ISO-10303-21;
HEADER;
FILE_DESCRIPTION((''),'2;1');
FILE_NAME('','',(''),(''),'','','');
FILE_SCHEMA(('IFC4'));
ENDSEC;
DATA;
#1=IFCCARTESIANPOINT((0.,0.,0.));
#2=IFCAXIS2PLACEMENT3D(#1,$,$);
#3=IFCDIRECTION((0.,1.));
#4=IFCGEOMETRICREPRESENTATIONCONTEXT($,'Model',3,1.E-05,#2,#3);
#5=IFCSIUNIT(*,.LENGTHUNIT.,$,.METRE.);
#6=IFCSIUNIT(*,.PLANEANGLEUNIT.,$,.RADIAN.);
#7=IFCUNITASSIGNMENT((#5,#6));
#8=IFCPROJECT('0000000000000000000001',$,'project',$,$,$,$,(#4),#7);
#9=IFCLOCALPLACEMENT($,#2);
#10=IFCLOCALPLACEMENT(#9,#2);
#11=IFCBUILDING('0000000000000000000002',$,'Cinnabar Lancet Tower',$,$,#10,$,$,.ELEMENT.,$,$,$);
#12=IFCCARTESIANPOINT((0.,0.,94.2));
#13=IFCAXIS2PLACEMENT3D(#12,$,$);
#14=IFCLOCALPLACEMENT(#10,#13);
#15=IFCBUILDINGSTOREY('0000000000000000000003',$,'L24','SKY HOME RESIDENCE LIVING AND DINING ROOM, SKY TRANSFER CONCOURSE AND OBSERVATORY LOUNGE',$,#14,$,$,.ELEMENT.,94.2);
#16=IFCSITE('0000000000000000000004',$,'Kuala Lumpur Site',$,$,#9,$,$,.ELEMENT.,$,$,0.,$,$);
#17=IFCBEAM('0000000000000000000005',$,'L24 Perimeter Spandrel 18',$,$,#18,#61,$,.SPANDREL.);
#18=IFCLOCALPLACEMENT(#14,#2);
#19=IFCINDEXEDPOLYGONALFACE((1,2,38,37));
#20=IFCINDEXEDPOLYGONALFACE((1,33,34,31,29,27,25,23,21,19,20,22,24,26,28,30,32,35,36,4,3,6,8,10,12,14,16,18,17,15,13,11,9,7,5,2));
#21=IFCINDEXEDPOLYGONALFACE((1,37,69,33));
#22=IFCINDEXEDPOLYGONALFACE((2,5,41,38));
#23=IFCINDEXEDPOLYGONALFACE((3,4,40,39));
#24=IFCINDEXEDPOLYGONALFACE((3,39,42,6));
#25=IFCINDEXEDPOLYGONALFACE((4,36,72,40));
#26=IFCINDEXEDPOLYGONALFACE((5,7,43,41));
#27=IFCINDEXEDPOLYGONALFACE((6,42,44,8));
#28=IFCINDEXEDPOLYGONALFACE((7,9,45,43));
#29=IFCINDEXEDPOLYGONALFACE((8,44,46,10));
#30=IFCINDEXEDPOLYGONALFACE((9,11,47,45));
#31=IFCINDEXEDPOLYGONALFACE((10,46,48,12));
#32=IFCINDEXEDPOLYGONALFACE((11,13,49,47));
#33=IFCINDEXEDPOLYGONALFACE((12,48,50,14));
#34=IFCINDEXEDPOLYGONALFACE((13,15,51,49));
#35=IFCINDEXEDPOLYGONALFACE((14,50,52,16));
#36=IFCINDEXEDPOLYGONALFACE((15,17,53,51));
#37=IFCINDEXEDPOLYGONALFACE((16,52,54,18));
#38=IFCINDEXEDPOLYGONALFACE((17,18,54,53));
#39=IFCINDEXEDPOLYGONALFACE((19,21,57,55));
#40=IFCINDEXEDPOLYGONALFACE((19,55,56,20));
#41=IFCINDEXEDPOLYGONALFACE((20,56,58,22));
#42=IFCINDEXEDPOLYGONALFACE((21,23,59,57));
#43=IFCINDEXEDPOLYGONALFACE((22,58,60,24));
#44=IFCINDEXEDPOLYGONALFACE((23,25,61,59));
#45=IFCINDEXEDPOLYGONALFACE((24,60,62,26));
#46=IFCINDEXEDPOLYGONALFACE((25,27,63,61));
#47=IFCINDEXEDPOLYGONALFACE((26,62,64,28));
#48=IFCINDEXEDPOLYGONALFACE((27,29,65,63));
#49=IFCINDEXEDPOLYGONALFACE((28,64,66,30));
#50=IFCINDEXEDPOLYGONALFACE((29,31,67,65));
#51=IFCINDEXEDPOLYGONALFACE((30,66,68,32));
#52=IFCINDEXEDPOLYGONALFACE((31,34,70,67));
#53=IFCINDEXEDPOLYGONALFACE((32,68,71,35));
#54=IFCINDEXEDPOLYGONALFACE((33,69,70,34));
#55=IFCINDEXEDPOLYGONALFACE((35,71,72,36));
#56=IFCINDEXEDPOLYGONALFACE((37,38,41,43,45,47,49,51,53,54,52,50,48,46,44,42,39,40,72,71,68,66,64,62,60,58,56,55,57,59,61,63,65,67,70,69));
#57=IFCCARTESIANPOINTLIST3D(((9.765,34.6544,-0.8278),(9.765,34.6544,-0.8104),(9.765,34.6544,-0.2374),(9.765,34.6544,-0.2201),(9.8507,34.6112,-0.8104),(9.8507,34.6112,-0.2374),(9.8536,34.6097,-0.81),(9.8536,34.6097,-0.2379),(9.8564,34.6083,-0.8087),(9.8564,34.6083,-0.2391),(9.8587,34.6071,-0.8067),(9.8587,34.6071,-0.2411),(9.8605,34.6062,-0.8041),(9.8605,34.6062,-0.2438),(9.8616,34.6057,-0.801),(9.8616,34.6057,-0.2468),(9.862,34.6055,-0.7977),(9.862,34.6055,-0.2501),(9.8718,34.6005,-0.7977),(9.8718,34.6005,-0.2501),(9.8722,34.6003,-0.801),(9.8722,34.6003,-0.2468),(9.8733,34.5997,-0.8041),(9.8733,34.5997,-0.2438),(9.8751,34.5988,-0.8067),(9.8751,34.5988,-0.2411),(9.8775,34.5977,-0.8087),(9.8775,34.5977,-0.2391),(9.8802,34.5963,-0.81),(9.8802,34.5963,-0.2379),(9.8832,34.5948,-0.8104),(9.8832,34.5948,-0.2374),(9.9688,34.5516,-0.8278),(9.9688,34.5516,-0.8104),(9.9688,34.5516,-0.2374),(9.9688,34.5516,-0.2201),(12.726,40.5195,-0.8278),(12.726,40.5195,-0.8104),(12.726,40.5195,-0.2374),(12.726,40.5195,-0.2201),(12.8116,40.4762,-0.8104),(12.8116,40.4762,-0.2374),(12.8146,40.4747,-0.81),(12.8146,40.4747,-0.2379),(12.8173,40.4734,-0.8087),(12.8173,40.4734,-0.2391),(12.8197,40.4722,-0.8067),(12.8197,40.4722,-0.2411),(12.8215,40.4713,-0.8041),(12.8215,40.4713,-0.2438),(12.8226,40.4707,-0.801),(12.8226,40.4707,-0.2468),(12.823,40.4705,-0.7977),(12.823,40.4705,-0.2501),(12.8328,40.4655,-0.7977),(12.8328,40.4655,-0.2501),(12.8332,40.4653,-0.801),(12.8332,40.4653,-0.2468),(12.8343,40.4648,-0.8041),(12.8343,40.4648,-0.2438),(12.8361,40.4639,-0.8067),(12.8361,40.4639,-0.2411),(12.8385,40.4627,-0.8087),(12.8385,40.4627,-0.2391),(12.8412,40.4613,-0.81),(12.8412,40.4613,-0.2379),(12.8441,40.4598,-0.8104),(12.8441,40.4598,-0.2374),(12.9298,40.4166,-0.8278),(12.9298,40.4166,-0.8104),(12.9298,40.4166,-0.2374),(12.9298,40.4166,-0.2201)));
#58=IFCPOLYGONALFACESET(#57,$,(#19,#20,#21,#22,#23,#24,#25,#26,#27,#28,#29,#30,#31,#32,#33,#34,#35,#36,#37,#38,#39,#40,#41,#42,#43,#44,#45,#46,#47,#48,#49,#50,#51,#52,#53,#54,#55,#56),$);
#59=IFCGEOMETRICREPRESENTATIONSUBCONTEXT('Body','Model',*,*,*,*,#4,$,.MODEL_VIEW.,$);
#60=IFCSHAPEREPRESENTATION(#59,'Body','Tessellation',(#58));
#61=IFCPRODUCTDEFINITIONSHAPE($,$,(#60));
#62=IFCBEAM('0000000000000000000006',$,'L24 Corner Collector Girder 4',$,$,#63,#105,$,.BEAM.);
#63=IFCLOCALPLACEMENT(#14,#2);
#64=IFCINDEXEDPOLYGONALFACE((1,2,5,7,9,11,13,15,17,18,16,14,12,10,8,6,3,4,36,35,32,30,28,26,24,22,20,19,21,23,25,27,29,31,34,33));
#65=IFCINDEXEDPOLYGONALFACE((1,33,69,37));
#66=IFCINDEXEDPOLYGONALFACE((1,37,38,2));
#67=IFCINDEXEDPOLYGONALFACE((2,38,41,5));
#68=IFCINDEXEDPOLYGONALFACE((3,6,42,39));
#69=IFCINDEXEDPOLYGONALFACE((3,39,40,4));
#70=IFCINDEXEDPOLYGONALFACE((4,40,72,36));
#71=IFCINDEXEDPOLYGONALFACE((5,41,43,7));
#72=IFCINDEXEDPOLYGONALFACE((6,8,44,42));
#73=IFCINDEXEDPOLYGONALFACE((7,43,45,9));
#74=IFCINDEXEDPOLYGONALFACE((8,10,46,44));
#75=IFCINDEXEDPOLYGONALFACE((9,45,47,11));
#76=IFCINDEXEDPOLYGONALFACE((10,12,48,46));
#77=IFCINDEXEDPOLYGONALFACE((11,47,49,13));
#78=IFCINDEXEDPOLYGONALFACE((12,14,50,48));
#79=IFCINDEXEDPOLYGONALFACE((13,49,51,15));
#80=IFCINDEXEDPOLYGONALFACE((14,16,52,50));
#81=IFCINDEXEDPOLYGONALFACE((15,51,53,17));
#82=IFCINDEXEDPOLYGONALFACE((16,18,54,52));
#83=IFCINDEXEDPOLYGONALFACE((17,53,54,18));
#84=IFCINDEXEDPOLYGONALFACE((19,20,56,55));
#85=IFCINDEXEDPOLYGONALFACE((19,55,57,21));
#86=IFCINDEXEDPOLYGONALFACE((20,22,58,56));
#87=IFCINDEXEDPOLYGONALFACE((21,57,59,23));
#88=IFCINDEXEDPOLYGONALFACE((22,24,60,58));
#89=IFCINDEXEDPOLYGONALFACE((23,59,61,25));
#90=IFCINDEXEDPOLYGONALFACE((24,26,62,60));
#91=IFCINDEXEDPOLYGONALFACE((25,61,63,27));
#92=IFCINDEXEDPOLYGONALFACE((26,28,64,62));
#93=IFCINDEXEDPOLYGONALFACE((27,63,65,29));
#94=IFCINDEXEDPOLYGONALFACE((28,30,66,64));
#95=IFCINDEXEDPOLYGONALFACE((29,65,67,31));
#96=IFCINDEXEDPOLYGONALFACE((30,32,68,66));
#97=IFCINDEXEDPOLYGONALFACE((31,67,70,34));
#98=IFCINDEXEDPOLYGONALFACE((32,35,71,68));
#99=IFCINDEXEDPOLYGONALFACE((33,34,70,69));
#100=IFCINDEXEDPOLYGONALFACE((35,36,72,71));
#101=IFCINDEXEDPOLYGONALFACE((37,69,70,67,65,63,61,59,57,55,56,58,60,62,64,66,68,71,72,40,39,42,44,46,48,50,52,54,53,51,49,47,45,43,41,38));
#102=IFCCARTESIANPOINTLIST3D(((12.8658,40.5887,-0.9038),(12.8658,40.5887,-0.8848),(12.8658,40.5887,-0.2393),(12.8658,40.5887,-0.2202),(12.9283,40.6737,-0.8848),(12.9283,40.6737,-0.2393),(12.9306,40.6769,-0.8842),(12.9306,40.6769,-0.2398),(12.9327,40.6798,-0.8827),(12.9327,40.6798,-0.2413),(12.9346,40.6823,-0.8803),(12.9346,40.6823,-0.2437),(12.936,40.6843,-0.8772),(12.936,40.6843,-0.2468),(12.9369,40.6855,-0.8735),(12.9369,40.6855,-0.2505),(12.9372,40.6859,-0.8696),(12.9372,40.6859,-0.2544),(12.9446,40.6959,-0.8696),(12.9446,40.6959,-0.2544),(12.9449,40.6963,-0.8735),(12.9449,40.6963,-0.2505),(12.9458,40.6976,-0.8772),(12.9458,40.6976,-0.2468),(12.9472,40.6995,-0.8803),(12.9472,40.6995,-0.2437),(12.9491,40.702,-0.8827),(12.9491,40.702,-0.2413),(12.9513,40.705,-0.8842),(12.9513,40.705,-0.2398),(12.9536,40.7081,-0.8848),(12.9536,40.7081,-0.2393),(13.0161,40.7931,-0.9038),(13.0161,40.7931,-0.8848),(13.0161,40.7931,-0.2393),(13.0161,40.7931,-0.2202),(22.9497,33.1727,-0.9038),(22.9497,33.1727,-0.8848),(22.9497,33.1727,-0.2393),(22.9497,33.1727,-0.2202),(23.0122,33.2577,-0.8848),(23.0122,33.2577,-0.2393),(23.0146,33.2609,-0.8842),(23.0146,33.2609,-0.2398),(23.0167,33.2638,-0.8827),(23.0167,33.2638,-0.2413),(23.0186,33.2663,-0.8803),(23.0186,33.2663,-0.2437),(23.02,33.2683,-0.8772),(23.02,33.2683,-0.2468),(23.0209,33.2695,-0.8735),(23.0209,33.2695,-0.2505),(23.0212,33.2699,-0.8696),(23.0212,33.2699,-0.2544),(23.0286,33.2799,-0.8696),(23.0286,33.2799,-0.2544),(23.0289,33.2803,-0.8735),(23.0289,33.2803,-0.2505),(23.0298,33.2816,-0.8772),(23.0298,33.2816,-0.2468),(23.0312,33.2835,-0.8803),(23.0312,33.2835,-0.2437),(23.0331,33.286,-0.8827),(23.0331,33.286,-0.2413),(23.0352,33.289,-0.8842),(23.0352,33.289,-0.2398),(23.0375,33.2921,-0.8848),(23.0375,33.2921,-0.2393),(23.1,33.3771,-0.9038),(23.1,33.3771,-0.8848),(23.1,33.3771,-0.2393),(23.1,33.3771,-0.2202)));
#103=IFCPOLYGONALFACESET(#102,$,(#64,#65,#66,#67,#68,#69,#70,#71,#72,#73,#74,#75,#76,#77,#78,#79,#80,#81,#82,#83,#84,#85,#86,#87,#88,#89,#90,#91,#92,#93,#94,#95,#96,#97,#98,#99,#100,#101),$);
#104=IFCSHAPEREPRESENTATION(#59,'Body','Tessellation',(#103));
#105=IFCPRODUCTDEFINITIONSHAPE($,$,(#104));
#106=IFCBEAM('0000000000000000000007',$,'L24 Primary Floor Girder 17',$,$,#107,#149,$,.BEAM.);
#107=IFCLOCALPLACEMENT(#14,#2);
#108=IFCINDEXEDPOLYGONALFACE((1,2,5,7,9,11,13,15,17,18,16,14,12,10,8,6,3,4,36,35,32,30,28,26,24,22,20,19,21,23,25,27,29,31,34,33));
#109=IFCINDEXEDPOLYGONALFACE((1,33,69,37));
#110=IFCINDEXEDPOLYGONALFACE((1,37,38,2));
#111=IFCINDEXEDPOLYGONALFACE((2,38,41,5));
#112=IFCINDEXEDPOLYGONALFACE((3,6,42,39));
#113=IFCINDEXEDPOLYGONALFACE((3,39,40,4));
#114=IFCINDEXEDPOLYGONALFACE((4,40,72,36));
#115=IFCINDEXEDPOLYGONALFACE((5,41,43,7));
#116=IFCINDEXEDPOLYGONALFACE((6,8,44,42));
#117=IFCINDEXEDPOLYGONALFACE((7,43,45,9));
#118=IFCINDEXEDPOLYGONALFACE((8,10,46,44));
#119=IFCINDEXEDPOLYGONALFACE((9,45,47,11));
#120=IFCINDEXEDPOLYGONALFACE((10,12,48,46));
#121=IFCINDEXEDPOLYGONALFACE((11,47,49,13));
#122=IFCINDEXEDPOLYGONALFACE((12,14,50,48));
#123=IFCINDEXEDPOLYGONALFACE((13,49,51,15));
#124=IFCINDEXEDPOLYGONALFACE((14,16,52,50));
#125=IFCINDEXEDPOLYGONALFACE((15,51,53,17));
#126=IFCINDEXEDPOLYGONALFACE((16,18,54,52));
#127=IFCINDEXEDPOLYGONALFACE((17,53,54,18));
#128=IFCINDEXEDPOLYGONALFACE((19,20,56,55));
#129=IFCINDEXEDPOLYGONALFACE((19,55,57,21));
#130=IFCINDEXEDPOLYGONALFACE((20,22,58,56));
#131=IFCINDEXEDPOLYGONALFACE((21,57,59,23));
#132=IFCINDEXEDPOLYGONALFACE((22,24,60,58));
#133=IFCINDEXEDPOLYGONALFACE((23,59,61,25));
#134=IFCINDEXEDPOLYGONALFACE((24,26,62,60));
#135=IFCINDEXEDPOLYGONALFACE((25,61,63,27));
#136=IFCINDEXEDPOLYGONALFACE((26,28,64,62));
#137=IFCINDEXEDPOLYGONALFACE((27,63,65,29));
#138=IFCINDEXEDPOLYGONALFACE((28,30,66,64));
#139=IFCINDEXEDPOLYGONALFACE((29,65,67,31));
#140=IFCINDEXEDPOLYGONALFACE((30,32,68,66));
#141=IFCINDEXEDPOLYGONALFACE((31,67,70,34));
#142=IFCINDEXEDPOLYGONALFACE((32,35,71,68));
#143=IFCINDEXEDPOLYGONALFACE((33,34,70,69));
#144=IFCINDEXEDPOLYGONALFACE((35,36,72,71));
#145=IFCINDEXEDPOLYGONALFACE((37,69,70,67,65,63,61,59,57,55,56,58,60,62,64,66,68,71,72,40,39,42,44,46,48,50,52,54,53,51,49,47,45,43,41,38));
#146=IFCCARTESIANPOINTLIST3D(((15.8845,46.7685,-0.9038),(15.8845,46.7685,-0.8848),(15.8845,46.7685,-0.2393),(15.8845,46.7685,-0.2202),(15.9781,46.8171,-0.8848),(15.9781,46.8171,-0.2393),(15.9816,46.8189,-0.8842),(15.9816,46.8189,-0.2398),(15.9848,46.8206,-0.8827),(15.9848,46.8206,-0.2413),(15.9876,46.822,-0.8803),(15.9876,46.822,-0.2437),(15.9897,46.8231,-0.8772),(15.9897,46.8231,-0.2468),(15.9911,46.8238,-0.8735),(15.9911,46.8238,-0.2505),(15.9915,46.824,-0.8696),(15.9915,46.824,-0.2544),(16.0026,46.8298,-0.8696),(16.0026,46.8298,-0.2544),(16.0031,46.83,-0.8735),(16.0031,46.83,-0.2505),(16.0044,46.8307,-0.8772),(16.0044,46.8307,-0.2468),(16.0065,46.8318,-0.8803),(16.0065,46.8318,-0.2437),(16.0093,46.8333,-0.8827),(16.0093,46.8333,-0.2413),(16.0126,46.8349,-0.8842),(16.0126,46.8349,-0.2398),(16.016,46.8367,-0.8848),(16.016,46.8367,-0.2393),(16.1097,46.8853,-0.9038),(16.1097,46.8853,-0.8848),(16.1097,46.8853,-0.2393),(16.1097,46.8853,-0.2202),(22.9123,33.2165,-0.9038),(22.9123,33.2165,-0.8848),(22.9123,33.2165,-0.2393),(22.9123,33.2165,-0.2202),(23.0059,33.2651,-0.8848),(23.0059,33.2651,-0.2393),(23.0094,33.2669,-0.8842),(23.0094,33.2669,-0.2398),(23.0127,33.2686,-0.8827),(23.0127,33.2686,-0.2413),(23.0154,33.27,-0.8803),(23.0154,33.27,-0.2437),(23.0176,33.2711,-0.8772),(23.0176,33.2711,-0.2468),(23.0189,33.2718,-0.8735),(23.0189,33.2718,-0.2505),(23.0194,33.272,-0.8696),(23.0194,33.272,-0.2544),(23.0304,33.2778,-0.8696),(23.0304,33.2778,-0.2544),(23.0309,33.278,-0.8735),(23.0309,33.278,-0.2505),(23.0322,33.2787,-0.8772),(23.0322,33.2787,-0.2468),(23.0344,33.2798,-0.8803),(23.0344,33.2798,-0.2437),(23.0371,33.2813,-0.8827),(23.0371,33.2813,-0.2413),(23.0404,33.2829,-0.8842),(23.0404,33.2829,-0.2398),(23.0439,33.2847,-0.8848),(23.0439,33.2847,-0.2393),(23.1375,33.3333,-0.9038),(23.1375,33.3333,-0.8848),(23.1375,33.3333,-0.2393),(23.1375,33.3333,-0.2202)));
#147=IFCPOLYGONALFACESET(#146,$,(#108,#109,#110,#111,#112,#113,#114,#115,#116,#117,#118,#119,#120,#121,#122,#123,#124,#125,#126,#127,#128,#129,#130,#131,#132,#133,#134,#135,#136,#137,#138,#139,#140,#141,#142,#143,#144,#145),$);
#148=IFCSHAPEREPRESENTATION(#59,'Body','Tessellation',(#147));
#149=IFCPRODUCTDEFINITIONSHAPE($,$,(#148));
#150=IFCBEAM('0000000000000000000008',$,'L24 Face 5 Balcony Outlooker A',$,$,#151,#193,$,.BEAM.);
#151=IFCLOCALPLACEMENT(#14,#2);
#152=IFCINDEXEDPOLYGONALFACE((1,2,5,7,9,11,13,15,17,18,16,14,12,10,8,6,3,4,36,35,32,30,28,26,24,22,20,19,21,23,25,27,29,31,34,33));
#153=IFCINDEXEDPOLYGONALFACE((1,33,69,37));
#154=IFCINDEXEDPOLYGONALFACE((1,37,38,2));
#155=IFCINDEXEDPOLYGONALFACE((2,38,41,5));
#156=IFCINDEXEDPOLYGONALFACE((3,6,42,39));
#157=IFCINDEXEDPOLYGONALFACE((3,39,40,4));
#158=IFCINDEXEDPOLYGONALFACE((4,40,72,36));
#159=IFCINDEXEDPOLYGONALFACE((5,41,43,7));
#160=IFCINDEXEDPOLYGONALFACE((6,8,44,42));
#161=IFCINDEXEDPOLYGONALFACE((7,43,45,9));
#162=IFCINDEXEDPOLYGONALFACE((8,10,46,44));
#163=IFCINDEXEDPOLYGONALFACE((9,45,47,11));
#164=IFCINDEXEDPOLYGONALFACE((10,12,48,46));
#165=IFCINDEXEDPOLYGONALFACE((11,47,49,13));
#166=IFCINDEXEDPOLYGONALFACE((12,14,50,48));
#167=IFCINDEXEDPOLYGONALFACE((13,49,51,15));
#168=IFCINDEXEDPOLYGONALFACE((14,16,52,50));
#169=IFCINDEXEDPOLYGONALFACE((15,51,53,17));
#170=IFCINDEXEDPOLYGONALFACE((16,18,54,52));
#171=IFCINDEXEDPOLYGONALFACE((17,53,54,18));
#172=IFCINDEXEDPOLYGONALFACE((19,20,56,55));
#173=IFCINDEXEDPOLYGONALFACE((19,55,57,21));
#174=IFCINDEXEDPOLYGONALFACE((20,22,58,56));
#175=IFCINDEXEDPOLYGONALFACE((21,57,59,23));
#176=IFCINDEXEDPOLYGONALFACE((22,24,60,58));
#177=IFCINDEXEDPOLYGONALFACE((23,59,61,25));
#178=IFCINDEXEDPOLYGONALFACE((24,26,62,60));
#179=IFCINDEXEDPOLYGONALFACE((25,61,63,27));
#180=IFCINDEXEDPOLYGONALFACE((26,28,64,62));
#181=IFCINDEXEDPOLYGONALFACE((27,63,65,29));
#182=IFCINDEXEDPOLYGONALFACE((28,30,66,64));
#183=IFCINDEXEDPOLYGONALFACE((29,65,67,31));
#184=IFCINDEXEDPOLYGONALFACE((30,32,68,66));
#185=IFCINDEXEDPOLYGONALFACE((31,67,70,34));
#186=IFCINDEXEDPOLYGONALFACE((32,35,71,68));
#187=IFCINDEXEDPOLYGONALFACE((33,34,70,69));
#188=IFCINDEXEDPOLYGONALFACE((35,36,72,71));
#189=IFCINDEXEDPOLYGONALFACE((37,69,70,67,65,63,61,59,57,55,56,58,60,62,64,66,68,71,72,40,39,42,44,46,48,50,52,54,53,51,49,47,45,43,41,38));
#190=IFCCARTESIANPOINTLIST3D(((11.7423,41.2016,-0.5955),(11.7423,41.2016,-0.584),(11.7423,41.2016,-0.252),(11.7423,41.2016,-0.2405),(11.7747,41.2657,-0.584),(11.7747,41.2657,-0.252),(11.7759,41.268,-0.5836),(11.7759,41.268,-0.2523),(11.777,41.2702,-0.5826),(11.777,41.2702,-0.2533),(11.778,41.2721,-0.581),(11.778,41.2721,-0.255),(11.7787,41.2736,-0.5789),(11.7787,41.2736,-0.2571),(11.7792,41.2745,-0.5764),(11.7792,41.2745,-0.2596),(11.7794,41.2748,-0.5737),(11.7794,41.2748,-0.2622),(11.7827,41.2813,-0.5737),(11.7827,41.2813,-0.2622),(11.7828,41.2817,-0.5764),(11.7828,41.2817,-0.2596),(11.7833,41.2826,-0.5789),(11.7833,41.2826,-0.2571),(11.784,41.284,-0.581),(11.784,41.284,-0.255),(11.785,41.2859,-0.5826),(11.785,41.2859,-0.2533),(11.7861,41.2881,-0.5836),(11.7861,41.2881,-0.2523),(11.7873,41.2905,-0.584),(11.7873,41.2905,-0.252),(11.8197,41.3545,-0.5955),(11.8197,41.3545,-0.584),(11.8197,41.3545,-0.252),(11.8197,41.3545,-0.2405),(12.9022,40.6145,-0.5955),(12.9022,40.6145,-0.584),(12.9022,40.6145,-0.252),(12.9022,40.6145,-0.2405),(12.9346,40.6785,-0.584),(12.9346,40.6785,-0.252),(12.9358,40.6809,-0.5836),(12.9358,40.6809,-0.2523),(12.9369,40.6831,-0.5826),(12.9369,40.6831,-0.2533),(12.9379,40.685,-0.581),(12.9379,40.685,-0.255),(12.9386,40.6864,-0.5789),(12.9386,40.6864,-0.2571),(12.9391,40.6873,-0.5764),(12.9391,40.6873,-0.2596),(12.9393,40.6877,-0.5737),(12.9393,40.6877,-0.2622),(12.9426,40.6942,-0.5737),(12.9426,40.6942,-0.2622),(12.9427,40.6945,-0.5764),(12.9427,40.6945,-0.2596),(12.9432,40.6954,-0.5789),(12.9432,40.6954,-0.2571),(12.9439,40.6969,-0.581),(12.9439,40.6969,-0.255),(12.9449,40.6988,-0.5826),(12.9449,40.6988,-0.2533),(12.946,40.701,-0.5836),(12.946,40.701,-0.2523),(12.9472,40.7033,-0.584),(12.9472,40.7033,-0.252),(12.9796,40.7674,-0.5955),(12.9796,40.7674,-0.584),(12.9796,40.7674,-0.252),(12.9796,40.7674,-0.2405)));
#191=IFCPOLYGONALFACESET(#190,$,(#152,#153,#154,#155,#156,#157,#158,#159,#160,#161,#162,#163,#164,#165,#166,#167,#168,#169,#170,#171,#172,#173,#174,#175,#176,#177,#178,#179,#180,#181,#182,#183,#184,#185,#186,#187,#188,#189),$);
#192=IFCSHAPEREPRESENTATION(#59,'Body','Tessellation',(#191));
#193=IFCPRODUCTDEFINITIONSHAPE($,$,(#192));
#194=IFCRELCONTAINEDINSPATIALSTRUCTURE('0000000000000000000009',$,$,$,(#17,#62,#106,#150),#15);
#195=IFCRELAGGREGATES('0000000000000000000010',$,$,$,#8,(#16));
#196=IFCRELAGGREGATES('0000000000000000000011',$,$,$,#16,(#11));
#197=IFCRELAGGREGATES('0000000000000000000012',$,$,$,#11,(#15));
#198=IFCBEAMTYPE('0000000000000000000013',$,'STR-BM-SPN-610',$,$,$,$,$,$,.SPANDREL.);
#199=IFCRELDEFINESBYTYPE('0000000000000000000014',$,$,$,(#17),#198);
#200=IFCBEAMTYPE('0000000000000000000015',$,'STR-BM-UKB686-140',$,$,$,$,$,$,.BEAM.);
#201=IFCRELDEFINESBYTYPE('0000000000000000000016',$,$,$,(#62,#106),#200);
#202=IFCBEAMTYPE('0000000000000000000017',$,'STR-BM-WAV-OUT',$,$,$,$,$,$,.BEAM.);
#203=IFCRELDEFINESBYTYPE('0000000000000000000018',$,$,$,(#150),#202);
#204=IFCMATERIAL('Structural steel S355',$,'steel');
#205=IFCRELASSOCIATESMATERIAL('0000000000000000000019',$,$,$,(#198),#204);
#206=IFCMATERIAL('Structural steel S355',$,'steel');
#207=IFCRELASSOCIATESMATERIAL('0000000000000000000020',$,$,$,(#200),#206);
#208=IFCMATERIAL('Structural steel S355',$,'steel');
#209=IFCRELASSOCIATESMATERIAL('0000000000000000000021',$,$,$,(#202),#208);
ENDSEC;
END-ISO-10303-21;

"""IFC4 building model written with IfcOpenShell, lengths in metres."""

from ifc_helpers import new_model, si_unit, direction, frame, origin, origin_2d, place, context, subcontext, project, spatial, i_section, extrude, material, material_profile, profile_set, type_object, element, save


model = new_model("IFC4")

# Units and contexts
model_context = context("Model", 3, precision=1e-05, world=origin(), true_north=direction((0.0, 1.0)))
body_context = subcontext(model_context, "Body", "Model", "MODEL_VIEW")
ifc_project = project(units=[si_unit("LENGTHUNIT", "METRE"), si_unit("PLANEANGLEUNIT", "RADIAN")], contexts=[model_context])

# Site, building, storey
site_placement = place(None, origin())
site = spatial("IfcSite", under=ifc_project, at=site_placement, Name="Kuala Lumpur Site", CompositionType="ELEMENT", RefElevation=0.0)
building_placement = place(site_placement, origin())
building = spatial("IfcBuilding", under=site, at=building_placement, Name="Cinnabar Lancet Tower", CompositionType="ELEMENT")
storey_placement = place(building_placement, frame((0.0, 0.0, 94.2)))
storey = spatial("IfcBuildingStorey", under=building, at=storey_placement, Name="L24", Description="SKY HOME RESIDENCE LIVING AND DINING ROOM, SKY TRANSFER CONCOURSE AND OBSERVATORY LOUNGE", CompositionType="ELEMENT", Elevation=94.2)

# Beams
ifc_material_1 = material(Name="Structural steel S355", Category="steel")
ifc_material_profile_1 = material_profile(ifc_material_1, i_section(OverallWidth=0.2283, OverallDepth=0.6077, WebThickness=0.011, FlangeThickness=0.0173, FilletRadius=0.0127, at=origin_2d()), Name="UKB 610x229x113")
ifc_profile_set_1 = profile_set([ifc_material_profile_1], Name="Structural steel S355")
beam_type_1 = type_object("IfcBeamType", Name="STR-BM-SPN-610", PredefinedType="SPANDREL", material=ifc_profile_set_1)
beam_1_placement = place(storey_placement, frame((12.8279, 40.468, -0.5239), z_axis=(-0.450674, -0.892689, 0.0), x_axis=(0.892689, -0.450674, 0.0)))
element("IfcBeam", 1, at=beam_1_placement, inside=storey, type_object=beam_type_1, Name="L24 Perimeter Spandrel 18", PredefinedType="SPANDREL", context=body_context, shape_type="SweptSolid", body=[
    extrude(i_section(OverallWidth=0.2283, OverallDepth=0.6077, WebThickness=0.011, FlangeThickness=0.0173, FilletRadius=0.0127, at=origin_2d()), origin(), (0.0, 0.0, 1.0), 6.5701),
])
ifc_material_2 = material(Name="Structural steel S355", Category="steel")
ifc_material_profile_2 = material_profile(ifc_material_2, i_section(OverallWidth=0.2537, OverallDepth=0.6836, WebThickness=0.0125, FlangeThickness=0.019, FilletRadius=0.0151, at=origin_2d()), Name="UKB 686x254x140")
ifc_profile_set_2 = profile_set([ifc_material_profile_2], Name="Structural steel S355")
beam_type_2 = type_object("IfcBeamType", Name="STR-BM-UKB686-140", PredefinedType="BEAM", material=ifc_profile_set_2)
beam_2_placement = place(storey_placement, frame((12.9409, 40.6909, -0.562), z_axis=(0.805601, -0.592459, 0.0), x_axis=(0.592459, 0.805601, 0.0)))
element("IfcBeam", 2, at=beam_2_placement, inside=storey, type_object=beam_type_2, Name="L24 Corner Collector Girder 4", PredefinedType="BEAM", context=body_context, shape_type="SweptSolid", body=[
    extrude(i_section(OverallWidth=0.2537, OverallDepth=0.6836, WebThickness=0.0125, FlangeThickness=0.019, FilletRadius=0.0151, at=origin_2d()), origin(), (0.0, 0.0, 1.0), 12.5173),
])
beam_3_placement = place(storey_placement, frame((15.9971, 46.8269, -0.562), z_axis=(0.460362, -0.887731, 0.0), x_axis=(0.887731, 0.460362, 0.0)))
element("IfcBeam", 3, at=beam_3_placement, inside=storey, type_object=beam_type_2, Name="L24 Primary Floor Girder 17", PredefinedType="BEAM", context=body_context, shape_type="SweptSolid", body=[
    extrude(i_section(OverallWidth=0.2537, OverallDepth=0.6836, WebThickness=0.0125, FlangeThickness=0.019, FilletRadius=0.0151, at=origin_2d()), origin(), (0.0, 0.0, 1.0), 15.2659),
])
ifc_material_3 = material(Name="Structural steel S355", Category="steel")
ifc_material_profile_3 = material_profile(ifc_material_3, i_section(OverallWidth=0.1714, OverallDepth=0.355, WebThickness=0.0073, FlangeThickness=0.0115, FilletRadius=0.0103, at=origin_2d()), Name="UKB 356x171x51")
ifc_profile_set_3 = profile_set([ifc_material_profile_3], Name="Structural steel S355")
beam_type_3 = type_object("IfcBeamType", Name="STR-BM-WAV-OUT", PredefinedType="BEAM", material=ifc_profile_set_3)
beam_4_placement = place(storey_placement, frame((12.9409, 40.6909, -0.418), z_axis=(-0.8922, 0.45164, 0.0), x_axis=(-0.45164, -0.8922, 0.0)))
element("IfcBeam", 4, at=beam_4_placement, inside=storey, type_object=beam_type_3, Name="L24 Face 5 Balcony Outlooker A", PredefinedType="BEAM", context=body_context, shape_type="SweptSolid", body=[
    extrude(i_section(OverallWidth=0.1714, OverallDepth=0.355, WebThickness=0.0073, FlangeThickness=0.0115, FilletRadius=0.0103, at=origin_2d()), origin(), (0.0, 0.0, 1.0), 1.3),
])

save(model, "model.ifc")
